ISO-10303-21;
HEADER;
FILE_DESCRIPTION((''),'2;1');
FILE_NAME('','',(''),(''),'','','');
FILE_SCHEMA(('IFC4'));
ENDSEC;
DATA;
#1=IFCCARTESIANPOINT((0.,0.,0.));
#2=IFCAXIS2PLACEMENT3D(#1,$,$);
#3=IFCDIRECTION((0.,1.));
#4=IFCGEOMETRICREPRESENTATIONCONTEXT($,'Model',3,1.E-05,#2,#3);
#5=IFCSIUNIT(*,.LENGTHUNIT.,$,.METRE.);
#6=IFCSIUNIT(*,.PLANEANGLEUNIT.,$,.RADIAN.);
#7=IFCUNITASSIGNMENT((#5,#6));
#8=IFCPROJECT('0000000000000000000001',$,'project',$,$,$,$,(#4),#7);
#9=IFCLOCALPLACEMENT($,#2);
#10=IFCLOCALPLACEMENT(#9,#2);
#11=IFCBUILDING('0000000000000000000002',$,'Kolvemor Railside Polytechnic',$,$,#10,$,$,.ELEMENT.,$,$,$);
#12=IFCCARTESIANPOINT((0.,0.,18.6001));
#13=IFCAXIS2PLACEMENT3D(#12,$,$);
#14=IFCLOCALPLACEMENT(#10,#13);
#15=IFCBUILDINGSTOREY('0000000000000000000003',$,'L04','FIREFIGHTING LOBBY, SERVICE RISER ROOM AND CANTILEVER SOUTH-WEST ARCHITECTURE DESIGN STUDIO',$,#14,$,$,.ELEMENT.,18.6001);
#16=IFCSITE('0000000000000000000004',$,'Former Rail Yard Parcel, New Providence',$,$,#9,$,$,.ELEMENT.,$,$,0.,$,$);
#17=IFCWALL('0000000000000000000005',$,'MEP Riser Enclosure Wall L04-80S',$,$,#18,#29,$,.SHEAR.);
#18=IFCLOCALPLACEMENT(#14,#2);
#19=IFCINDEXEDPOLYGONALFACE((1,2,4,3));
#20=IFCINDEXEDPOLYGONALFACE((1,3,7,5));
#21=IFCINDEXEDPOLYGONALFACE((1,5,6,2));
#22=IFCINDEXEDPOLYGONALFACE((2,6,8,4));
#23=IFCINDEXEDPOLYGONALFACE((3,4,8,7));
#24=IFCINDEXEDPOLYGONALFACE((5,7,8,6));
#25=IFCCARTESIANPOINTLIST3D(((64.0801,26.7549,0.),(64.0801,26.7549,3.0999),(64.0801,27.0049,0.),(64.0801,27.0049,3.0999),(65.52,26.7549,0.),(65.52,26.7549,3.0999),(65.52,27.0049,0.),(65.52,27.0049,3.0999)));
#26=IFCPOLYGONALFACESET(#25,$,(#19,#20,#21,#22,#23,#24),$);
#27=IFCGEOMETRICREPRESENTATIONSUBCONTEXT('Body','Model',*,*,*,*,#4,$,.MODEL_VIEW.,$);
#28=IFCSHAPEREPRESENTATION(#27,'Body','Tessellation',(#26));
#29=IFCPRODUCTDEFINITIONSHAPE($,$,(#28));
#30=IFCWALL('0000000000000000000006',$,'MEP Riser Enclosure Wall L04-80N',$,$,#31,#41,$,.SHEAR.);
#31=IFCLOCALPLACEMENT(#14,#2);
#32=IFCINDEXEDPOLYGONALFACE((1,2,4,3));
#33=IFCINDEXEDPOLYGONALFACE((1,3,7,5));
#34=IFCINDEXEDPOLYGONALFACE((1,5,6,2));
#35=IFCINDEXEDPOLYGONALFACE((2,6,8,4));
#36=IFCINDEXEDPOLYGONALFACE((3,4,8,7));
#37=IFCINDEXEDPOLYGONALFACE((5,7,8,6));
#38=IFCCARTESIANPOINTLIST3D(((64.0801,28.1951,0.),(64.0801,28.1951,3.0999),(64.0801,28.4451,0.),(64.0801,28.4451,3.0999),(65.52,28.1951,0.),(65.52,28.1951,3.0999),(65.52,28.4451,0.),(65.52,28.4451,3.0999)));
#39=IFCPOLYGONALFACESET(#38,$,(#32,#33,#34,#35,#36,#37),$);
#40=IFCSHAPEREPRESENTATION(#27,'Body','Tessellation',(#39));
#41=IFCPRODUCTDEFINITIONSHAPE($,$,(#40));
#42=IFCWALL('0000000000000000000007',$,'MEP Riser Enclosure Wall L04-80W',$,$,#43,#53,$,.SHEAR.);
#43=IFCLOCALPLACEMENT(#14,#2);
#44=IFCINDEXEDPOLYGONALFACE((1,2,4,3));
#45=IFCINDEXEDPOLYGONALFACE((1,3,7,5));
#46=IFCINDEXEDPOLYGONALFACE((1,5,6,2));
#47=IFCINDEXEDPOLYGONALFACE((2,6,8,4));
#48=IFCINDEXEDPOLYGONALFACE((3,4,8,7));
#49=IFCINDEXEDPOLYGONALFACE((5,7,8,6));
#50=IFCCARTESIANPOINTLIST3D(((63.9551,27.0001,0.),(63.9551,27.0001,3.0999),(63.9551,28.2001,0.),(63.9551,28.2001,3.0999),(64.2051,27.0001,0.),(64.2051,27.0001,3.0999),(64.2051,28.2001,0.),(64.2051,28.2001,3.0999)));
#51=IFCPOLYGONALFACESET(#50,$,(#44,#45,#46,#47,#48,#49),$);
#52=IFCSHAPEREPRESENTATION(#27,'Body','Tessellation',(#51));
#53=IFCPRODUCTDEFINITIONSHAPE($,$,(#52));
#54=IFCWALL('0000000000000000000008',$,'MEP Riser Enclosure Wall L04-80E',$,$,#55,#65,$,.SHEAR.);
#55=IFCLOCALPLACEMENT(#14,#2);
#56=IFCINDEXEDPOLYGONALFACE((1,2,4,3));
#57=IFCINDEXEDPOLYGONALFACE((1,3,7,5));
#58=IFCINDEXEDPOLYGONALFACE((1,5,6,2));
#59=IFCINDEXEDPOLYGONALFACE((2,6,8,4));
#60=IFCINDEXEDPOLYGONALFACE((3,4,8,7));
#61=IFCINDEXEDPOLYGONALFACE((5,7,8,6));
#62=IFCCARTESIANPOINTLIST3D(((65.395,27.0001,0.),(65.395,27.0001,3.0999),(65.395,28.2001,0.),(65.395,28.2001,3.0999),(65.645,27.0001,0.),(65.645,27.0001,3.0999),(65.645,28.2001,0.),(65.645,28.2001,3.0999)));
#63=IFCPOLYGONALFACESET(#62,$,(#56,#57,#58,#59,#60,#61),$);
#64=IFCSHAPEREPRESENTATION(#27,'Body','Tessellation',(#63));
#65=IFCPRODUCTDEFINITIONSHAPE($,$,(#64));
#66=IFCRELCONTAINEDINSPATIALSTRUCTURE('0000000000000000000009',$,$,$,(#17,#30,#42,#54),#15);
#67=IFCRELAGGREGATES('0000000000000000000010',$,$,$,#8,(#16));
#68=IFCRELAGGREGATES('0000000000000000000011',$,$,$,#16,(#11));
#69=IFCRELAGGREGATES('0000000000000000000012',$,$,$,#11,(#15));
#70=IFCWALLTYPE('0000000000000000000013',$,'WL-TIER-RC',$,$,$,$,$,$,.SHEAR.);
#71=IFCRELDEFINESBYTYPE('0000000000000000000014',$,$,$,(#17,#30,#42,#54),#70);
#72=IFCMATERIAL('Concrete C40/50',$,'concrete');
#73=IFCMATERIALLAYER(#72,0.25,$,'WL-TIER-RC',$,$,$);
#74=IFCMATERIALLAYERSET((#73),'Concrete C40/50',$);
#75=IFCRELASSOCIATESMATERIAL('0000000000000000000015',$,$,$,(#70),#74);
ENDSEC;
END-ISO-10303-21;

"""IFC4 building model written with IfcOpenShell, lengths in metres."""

from ifc_helpers import new_model, si_unit, direction, frame, frame_2d, origin, place, context, subcontext, project, spatial, rectangle, extrude, material, layer, layer_set, type_object, element, save


model = new_model("IFC4")

# Units and contexts
model_context = context("Model", 3, precision=1e-05, world=origin(), true_north=direction((0.0, 1.0)))
body_context = subcontext(model_context, "Body", "Model", "MODEL_VIEW")
ifc_project = project(units=[si_unit("LENGTHUNIT", "METRE"), si_unit("PLANEANGLEUNIT", "RADIAN")], contexts=[model_context])

# Site, building, storey
site_placement = place(None, origin())
site = spatial("IfcSite", under=ifc_project, at=site_placement, Name="Former Rail Yard Parcel, New Providence", CompositionType="ELEMENT", RefElevation=0.0)
building_placement = place(site_placement, origin())
building = spatial("IfcBuilding", under=site, at=building_placement, Name="Kolvemor Railside Polytechnic", CompositionType="ELEMENT")
storey_placement = place(building_placement, frame((0.0, 0.0, 18.6001)))
storey = spatial("IfcBuildingStorey", under=building, at=storey_placement, Name="L04", Description="FIREFIGHTING LOBBY, SERVICE RISER ROOM AND CANTILEVER SOUTH-WEST ARCHITECTURE DESIGN STUDIO", CompositionType="ELEMENT", Elevation=18.6001)

# Walls
ifc_material_1 = material(Name="Concrete C40/50", Category="concrete")
ifc_layer_1 = layer(ifc_material_1, 0.25, Name="WL-TIER-RC")
ifc_layer_set_1 = layer_set([ifc_layer_1], Name="Concrete C40/50")
wall_type_1 = type_object("IfcWallType", Name="WL-TIER-RC", PredefinedType="SHEAR", material=ifc_layer_set_1)
for number, where, z_axis, x_axis, name in (
    (1, (64.0801, 26.8799, 0.0), (0.0, 0.0, 1.0), (1.0, 0.0, 0.0), "MEP Riser Enclosure Wall L04-80S"),
    (2, (64.0801, 28.3201, 0.0), (0.0, 0.0, 1.0), (1.0, 0.0, 0.0), "MEP Riser Enclosure Wall L04-80N"),
):
    element("IfcWall", number, at=place(storey_placement, frame(where, z_axis=z_axis, x_axis=x_axis)), inside=storey, type_object=wall_type_1, Name=name, PredefinedType="SHEAR", context=body_context, shape_type="SweptSolid", body=[
        extrude(rectangle(XDim=1.4399, YDim=0.25, at=frame_2d((0.72, 0.0))), origin(), (0.0, 0.0, 1.0), 3.0999),
    ])
for number, where, z_axis, x_axis, name in (
    (3, (64.0801, 27.0, 0.0), (0.0, 0.0, 1.0), (0.0, 1.0, 0.0), "MEP Riser Enclosure Wall L04-80W"),
    (4, (65.52, 27.0, 0.0), (0.0, 0.0, 1.0), (0.0, 1.0, 0.0), "MEP Riser Enclosure Wall L04-80E"),
):
    element("IfcWall", number, at=place(storey_placement, frame(where, z_axis=z_axis, x_axis=x_axis)), inside=storey, type_object=wall_type_1, Name=name, PredefinedType="SHEAR", context=body_context, shape_type="SweptSolid", body=[
        extrude(rectangle(XDim=1.2, YDim=0.25, at=frame_2d((0.6001, 0.0))), origin(), (0.0, 0.0, 1.0), 3.0999),
    ])

save(model, "model.ifc")
